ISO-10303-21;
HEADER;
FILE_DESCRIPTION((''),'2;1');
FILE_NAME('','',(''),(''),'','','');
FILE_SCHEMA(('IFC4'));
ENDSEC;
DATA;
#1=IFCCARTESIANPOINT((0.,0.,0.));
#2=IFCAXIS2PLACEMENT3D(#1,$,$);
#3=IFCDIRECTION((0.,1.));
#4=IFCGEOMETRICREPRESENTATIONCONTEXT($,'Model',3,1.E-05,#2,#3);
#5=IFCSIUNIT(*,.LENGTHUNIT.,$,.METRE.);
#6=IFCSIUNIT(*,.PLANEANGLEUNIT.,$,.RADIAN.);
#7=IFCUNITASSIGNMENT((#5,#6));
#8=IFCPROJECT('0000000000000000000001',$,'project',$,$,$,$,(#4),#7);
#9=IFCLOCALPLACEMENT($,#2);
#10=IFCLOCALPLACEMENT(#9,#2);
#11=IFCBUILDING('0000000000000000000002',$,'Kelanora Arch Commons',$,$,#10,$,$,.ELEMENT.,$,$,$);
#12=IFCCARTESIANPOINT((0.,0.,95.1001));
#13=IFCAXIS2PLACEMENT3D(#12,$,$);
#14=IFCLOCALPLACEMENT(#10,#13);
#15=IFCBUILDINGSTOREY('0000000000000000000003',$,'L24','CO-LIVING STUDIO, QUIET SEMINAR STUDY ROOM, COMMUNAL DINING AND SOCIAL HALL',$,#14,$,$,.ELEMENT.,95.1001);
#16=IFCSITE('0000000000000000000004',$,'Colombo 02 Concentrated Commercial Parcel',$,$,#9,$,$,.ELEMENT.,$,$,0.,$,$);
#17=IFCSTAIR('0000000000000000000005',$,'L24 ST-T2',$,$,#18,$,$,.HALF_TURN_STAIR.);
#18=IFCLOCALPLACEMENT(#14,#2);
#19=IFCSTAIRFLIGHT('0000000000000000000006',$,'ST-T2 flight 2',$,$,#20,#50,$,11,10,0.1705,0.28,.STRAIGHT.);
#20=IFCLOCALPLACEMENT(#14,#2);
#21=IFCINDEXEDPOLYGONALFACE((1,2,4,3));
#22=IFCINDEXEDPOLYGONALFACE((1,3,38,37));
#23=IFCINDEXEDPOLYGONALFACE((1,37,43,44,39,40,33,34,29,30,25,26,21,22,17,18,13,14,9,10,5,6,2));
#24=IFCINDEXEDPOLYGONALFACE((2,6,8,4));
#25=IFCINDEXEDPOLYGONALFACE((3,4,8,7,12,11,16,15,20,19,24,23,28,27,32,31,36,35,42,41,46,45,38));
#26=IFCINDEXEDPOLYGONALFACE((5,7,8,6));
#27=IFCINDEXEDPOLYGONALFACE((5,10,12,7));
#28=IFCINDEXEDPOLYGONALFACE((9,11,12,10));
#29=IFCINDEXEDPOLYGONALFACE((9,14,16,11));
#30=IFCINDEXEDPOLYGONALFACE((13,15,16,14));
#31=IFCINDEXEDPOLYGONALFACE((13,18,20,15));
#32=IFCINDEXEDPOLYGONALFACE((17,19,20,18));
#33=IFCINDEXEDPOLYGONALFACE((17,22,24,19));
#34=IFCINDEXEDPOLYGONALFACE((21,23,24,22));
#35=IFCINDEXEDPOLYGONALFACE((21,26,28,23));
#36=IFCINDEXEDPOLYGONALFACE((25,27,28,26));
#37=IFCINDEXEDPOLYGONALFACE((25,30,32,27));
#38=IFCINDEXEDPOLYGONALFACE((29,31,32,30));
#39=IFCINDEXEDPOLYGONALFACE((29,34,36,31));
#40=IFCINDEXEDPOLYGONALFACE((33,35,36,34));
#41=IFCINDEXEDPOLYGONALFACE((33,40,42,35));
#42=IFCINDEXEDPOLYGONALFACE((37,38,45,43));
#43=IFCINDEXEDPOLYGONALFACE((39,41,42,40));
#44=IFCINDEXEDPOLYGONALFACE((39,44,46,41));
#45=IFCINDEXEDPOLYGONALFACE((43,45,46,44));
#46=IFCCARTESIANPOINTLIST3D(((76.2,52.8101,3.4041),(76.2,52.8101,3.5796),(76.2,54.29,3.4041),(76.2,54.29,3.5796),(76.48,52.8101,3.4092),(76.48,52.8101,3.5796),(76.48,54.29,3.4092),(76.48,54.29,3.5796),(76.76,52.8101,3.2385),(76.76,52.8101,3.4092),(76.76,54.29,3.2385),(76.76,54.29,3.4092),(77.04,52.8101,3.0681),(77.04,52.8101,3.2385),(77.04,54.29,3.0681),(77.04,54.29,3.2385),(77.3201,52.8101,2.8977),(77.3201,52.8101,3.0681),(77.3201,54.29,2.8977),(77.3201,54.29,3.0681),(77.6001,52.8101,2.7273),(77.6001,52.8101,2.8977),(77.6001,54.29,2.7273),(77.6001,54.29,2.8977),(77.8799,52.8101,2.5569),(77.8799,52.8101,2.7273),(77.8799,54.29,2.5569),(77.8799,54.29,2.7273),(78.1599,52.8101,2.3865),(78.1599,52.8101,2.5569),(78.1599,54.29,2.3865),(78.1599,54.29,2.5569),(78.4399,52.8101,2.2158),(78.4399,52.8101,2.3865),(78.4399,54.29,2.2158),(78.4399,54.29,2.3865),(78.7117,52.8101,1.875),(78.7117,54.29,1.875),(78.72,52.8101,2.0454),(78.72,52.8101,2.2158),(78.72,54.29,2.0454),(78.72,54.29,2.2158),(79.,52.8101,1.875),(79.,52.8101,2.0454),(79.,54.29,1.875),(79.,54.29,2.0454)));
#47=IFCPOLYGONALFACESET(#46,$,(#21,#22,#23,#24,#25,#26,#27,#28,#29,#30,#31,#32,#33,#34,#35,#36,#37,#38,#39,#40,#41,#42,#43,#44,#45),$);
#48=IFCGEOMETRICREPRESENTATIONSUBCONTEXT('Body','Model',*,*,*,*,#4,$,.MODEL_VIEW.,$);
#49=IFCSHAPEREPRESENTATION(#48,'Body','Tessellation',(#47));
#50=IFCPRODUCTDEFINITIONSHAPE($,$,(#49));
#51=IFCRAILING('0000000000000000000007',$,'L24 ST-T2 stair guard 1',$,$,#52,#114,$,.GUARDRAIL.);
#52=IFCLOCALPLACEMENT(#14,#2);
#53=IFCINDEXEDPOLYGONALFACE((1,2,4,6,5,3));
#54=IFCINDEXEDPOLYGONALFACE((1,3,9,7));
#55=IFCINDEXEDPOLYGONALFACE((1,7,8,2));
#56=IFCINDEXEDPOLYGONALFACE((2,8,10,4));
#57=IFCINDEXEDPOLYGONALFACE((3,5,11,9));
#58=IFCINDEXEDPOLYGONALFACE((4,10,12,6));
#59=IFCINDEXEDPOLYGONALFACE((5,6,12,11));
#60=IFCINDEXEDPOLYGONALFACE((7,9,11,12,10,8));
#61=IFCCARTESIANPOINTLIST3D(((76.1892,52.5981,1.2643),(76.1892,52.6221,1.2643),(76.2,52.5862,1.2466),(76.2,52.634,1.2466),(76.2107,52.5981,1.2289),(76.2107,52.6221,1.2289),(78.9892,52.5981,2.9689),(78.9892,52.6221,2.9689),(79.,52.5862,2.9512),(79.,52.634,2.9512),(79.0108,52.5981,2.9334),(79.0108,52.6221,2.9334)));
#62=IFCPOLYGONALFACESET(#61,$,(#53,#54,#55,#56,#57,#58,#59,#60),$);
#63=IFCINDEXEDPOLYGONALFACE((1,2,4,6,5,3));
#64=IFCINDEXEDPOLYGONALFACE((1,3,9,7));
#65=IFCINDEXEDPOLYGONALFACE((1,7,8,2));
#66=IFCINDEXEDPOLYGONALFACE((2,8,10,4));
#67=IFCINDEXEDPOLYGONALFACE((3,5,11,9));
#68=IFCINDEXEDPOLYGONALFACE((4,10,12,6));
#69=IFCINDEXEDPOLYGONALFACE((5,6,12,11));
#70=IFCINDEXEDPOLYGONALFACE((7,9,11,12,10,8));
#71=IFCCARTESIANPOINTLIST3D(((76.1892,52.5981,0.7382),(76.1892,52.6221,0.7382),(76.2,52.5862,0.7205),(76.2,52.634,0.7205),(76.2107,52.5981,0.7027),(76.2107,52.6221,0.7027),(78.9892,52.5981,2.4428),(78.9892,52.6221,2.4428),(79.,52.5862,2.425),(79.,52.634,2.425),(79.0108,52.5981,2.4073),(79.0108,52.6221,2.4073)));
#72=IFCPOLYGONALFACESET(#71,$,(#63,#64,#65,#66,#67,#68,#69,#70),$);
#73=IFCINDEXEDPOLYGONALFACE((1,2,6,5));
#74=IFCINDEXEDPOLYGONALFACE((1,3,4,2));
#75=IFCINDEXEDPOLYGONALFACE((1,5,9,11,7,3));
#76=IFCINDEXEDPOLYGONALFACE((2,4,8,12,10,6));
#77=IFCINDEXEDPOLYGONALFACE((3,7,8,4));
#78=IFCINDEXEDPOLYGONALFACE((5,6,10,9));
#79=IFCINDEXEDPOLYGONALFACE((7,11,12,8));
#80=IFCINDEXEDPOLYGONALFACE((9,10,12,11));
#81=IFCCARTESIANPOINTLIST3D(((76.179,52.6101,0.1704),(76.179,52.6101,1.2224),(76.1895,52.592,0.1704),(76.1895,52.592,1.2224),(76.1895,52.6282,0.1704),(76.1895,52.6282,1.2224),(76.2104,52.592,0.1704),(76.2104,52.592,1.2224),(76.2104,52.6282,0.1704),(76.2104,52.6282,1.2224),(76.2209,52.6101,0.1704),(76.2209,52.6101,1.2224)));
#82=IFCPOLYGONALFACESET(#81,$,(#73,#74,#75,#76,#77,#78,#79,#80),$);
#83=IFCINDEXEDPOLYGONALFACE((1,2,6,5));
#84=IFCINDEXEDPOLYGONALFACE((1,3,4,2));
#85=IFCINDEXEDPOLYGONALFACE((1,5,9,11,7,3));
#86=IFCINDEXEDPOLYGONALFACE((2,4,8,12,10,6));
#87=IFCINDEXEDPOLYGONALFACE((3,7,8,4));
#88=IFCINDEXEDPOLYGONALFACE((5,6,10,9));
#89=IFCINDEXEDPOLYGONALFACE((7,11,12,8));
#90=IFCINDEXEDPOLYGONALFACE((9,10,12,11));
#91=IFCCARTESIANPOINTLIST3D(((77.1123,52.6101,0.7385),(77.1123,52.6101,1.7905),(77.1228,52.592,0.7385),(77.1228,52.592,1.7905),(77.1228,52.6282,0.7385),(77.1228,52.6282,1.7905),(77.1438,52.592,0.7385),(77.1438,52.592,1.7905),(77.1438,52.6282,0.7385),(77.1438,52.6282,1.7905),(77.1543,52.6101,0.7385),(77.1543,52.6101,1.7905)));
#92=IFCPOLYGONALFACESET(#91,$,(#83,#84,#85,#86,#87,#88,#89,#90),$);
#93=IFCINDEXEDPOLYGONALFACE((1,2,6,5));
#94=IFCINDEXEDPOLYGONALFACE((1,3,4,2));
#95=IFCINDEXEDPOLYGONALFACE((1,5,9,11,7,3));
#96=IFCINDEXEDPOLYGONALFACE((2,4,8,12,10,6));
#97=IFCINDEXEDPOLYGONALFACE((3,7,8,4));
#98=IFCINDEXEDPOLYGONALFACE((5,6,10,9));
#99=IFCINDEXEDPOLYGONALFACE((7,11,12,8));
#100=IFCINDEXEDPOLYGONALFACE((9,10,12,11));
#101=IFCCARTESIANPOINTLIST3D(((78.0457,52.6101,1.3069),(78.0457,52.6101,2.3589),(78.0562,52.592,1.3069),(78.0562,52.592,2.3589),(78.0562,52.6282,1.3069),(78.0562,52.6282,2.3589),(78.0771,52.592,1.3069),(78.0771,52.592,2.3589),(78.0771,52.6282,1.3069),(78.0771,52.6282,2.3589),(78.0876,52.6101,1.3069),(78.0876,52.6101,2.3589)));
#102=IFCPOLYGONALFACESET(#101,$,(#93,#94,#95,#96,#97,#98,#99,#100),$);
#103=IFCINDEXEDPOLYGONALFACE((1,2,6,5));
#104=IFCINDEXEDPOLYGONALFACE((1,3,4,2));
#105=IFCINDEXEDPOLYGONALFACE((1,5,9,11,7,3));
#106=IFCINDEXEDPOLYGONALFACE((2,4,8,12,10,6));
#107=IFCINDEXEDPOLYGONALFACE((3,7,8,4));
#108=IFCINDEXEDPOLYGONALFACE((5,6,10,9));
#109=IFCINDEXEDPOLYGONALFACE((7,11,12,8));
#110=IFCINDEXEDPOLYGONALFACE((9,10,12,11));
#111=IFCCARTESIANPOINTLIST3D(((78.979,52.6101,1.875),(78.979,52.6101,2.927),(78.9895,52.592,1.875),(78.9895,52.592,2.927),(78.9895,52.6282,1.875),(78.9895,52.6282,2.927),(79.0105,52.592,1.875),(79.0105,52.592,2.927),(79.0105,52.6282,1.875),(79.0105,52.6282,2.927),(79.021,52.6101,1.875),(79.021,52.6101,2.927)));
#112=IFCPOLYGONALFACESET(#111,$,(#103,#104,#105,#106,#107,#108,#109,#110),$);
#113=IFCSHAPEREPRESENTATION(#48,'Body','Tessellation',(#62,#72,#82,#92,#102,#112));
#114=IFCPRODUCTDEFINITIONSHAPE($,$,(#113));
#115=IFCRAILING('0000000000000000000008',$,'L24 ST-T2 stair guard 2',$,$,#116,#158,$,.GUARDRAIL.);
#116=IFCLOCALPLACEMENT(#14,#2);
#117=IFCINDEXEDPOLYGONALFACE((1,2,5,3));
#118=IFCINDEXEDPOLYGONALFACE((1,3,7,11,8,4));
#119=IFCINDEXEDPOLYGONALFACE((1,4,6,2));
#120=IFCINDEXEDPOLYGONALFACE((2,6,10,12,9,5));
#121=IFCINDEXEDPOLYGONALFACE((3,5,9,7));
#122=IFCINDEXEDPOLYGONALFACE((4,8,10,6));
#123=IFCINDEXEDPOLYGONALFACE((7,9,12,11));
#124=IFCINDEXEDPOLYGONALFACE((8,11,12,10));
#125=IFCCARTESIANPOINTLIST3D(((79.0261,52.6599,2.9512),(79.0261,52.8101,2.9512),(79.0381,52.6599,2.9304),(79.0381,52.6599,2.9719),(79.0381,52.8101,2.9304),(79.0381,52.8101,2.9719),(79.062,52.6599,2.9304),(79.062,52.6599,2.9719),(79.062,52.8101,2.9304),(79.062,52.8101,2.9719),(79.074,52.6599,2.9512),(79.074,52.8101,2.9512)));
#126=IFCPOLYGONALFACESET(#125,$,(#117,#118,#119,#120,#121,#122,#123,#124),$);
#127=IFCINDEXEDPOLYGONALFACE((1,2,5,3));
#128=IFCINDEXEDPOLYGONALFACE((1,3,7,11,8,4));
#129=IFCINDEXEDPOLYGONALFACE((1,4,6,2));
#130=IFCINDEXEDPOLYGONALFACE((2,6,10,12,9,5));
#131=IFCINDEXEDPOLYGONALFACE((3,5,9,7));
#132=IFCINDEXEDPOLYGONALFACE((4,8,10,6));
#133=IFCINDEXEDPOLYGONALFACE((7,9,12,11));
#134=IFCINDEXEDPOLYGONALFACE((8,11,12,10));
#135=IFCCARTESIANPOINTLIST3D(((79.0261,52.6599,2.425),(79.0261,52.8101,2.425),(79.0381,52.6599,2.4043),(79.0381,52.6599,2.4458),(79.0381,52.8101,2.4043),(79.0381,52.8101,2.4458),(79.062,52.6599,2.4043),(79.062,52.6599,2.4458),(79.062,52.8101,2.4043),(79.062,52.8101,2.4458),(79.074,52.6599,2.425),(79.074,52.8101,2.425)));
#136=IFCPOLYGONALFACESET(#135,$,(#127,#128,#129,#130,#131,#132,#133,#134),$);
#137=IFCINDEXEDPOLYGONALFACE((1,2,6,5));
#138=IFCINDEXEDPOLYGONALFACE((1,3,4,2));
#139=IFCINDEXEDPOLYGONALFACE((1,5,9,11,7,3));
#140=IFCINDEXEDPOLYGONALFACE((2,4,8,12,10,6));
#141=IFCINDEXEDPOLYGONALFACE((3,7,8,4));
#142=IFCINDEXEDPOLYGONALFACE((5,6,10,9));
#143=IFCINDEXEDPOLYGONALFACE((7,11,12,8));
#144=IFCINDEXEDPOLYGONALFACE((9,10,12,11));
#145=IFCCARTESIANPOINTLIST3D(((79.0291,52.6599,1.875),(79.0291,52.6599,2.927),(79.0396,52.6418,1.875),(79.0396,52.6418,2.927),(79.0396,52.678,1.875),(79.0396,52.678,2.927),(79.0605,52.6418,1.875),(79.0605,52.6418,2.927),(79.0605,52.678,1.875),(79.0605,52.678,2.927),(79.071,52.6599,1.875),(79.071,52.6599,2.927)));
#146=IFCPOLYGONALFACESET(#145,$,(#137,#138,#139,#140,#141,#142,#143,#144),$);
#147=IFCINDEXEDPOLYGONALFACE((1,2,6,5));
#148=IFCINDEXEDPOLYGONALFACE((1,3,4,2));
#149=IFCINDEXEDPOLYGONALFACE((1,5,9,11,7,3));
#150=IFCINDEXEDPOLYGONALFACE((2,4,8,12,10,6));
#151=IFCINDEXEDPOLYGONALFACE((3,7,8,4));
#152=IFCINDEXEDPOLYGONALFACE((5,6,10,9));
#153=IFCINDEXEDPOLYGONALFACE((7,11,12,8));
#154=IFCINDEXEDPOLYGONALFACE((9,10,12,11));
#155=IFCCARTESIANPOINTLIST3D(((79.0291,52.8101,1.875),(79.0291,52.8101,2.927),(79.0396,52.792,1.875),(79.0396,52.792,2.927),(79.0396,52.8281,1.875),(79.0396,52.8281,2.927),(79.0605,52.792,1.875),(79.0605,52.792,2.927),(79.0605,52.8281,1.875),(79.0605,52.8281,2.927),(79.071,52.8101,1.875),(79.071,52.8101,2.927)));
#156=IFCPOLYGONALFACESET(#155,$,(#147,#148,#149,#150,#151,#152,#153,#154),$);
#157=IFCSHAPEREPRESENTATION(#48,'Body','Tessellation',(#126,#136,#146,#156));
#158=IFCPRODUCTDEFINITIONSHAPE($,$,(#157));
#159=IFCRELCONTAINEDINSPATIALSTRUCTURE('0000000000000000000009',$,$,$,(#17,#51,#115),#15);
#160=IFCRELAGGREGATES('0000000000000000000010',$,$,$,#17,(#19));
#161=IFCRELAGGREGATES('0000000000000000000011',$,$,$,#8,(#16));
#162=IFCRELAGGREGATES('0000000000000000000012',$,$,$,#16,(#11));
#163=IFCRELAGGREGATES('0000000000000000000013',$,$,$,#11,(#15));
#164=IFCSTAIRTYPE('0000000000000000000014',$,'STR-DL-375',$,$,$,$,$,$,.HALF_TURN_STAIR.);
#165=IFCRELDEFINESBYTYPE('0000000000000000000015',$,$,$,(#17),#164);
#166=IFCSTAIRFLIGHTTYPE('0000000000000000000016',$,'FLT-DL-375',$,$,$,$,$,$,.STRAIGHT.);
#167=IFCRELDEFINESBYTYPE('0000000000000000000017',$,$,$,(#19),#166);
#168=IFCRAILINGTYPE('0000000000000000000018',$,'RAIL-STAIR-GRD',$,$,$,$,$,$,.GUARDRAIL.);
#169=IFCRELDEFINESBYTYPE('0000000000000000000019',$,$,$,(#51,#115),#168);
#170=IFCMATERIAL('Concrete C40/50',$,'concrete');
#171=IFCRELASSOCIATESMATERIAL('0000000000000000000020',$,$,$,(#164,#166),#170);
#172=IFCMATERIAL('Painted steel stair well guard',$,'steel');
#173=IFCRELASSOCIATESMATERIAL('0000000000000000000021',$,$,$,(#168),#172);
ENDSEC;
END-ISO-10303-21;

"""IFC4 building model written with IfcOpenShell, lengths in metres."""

from ifc_helpers import new_model, si_unit, direction, frame, origin, place, context, subcontext, project, spatial, polyline, outline, extrude, material, type_object, element, aggregate, save


model = new_model("IFC4")

# Units and contexts
model_context = context("Model", 3, precision=1e-05, world=origin(), true_north=direction((0.0, 1.0)))
body_context = subcontext(model_context, "Body", "Model", "MODEL_VIEW")
ifc_project = project(units=[si_unit("LENGTHUNIT", "METRE"), si_unit("PLANEANGLEUNIT", "RADIAN")], contexts=[model_context])

# Site, building, storey
site_placement = place(None, origin())
site = spatial("IfcSite", under=ifc_project, at=site_placement, Name="Colombo 02 Concentrated Commercial Parcel", CompositionType="ELEMENT", RefElevation=0.0)
building_placement = place(site_placement, origin())
building = spatial("IfcBuilding", under=site, at=building_placement, Name="Kelanora Arch Commons", CompositionType="ELEMENT")
storey_placement = place(building_placement, frame((0.0, 0.0, 95.1001)))
storey = spatial("IfcBuildingStorey", under=building, at=storey_placement, Name="L24", Description="CO-LIVING STUDIO, QUIET SEMINAR STUDY ROOM, COMMUNAL DINING AND SOCIAL HALL", CompositionType="ELEMENT", Elevation=95.1001)

# Shared definitions
ifc_material_1 = material(Name="Concrete C40/50", Category="concrete")

# Stair, stair flight
stair_type = type_object("IfcStairType", Name="STR-DL-375", PredefinedType="HALF_TURN_STAIR", material=ifc_material_1)
stair_placement = place(storey_placement, origin())
stair = element("IfcStair", 1, at=stair_placement, inside=storey, type_object=stair_type, Name="L24 ST-T2", PredefinedType="HALF_TURN_STAIR")
stair_flight_type = type_object("IfcStairFlightType", Name="FLT-DL-375", PredefinedType="STRAIGHT", material=ifc_material_1)
stair_flight_1_placement = place(storey_placement, frame((79.0, 53.55, 1.875), z_axis=(0.0, 0.0, 1.0), x_axis=(-1.0, 0.0, 0.0)))
stair_flight_1 = element("IfcStairFlight", 2, at=stair_flight_1_placement, type_object=stair_flight_type, Name="ST-T2 flight 2", NumberOfRisers=11, NumberOfTreads=10, PredefinedType="STRAIGHT", RiserHeight=0.1705, TreadLength=0.28, context=body_context, shape_type="SweptSolid", body=[
    extrude(outline(polyline([(0.0, 0.0), (0.0, 0.1704), (0.28, 0.1704), (0.28, 0.3408), (0.5601, 0.3408), (0.5601, 0.5115), (0.8401, 0.5115), (0.8401, 0.6819), (1.1201, 0.6819), (1.1201, 0.8523), (1.3999, 0.8523), (1.3999, 1.0227), (1.6799, 1.0227), (1.6799, 1.1931), (1.96, 1.1931), (1.96, 1.3635), (2.24, 1.3635), (2.24, 1.5342), (2.52, 1.5342), (2.52, 1.7046), (2.8, 1.7046), (2.8, 1.875), (2.8, 1.5291), (0.2883, 0.0), (0.0, 0.0)])), frame((0.0, 0.74, 0.0), z_axis=(0.0, -1.0, 0.0), x_axis=(1.0, 0.0, 0.0)), (0.0, 0.0, 1.0), 1.48),
])
aggregate(stair, [stair_flight_1])

# Railings
ifc_material_2 = material(Name="Painted steel stair well guard", Category="steel")
railing_type_1 = type_object("IfcRailingType", Name="RAIL-STAIR-GRD", PredefinedType="GUARDRAIL", material=ifc_material_2)
railing_1_placement = place(storey_placement, frame((76.2, 52.6101, 0.1704)))
element("IfcRailing", 3, at=railing_1_placement, inside=storey, type_object=railing_type_1, Name="L24 ST-T2 stair guard 1", PredefinedType="GUARDRAIL", context=body_context, shape_type="SweptSolid", body=[
    extrude(outline(polyline([(0.0239, 0.0), (0.012, 0.0208), (-0.012, 0.0208), (-0.0239, 0.0), (-0.012, -0.0208), (0.012, -0.0208), (0.0239, 0.0)])), frame((0.0, 0.0, 1.0762), z_axis=(0.85417, 0.0, 0.519994), x_axis=(0.0, 1.0, 0.0)), (0.0, 0.0, 1.0), 3.2781),
    extrude(outline(polyline([(0.0239, 0.0), (0.012, 0.0208), (-0.012, 0.0208), (-0.0239, 0.0), (-0.012, -0.0208), (0.012, -0.0208), (0.0239, 0.0)])), frame((0.0, 0.0, 0.55), z_axis=(0.85417, 0.0, 0.519994), x_axis=(0.0, 1.0, 0.0)), (0.0, 0.0, 1.0), 3.2781),
    extrude(outline(polyline([(0.021, 0.0), (0.0105, 0.0181), (-0.0105, 0.0181), (-0.021, 0.0), (-0.0105, -0.0181), (0.0105, -0.0181), (0.021, 0.0)])), origin(), (0.0, 0.0, 1.0), 1.052),
    extrude(outline(polyline([(0.021, 0.0), (0.0105, 0.0181), (-0.0105, 0.0181), (-0.021, 0.0), (-0.0105, -0.0181), (0.0105, -0.0181), (0.021, 0.0)])), frame((0.9333, 0.0, 0.5681)), (0.0, 0.0, 1.0), 1.052),
    extrude(outline(polyline([(0.021, 0.0), (0.0105, 0.0181), (-0.0105, 0.0181), (-0.021, 0.0), (-0.0105, -0.0181), (0.0105, -0.0181), (0.021, 0.0)])), frame((1.8667, 0.0, 1.1365)), (0.0, 0.0, 1.0), 1.052),
    extrude(outline(polyline([(0.021, 0.0), (0.0105, 0.0181), (-0.0105, 0.0181), (-0.021, 0.0), (-0.0105, -0.0181), (0.0105, -0.0181), (0.021, 0.0)])), frame((2.8, 0.0, 1.7046)), (0.0, 0.0, 1.0), 1.052),
])
railing_2_placement = place(storey_placement, frame((79.05, 52.6599, 1.875)))
element("IfcRailing", 4, at=railing_2_placement, inside=storey, type_object=railing_type_1, Name="L24 ST-T2 stair guard 2", PredefinedType="GUARDRAIL", context=body_context, shape_type="SweptSolid", body=[
    extrude(outline(polyline([(0.0239, 0.0), (0.012, 0.0208), (-0.012, 0.0208), (-0.0239, 0.0), (-0.012, -0.0208), (0.012, -0.0208), (0.0239, 0.0)])), frame((0.0, 0.0, 1.0762), z_axis=(0.0, 1.0, 0.0), x_axis=(-1.0, 0.0, 0.0)), (0.0, 0.0, 1.0), 0.1501),
    extrude(outline(polyline([(0.0239, 0.0), (0.012, 0.0208), (-0.012, 0.0208), (-0.0239, 0.0), (-0.012, -0.0208), (0.012, -0.0208), (0.0239, 0.0)])), frame((0.0, 0.0, 0.55), z_axis=(0.0, 1.0, 0.0), x_axis=(-1.0, 0.0, 0.0)), (0.0, 0.0, 1.0), 0.1501),
    extrude(outline(polyline([(0.021, 0.0), (0.0105, 0.0181), (-0.0105, 0.0181), (-0.021, 0.0), (-0.0105, -0.0181), (0.0105, -0.0181), (0.021, 0.0)])), origin(), (0.0, 0.0, 1.0), 1.052),
    extrude(outline(polyline([(0.021, 0.0), (0.0105, 0.0181), (-0.0105, 0.0181), (-0.021, 0.0), (-0.0105, -0.0181), (0.0105, -0.0181), (0.021, 0.0)])), frame((0.0, 0.1501, 0.0)), (0.0, 0.0, 1.0), 1.052),
])

save(model, "model.ifc")
